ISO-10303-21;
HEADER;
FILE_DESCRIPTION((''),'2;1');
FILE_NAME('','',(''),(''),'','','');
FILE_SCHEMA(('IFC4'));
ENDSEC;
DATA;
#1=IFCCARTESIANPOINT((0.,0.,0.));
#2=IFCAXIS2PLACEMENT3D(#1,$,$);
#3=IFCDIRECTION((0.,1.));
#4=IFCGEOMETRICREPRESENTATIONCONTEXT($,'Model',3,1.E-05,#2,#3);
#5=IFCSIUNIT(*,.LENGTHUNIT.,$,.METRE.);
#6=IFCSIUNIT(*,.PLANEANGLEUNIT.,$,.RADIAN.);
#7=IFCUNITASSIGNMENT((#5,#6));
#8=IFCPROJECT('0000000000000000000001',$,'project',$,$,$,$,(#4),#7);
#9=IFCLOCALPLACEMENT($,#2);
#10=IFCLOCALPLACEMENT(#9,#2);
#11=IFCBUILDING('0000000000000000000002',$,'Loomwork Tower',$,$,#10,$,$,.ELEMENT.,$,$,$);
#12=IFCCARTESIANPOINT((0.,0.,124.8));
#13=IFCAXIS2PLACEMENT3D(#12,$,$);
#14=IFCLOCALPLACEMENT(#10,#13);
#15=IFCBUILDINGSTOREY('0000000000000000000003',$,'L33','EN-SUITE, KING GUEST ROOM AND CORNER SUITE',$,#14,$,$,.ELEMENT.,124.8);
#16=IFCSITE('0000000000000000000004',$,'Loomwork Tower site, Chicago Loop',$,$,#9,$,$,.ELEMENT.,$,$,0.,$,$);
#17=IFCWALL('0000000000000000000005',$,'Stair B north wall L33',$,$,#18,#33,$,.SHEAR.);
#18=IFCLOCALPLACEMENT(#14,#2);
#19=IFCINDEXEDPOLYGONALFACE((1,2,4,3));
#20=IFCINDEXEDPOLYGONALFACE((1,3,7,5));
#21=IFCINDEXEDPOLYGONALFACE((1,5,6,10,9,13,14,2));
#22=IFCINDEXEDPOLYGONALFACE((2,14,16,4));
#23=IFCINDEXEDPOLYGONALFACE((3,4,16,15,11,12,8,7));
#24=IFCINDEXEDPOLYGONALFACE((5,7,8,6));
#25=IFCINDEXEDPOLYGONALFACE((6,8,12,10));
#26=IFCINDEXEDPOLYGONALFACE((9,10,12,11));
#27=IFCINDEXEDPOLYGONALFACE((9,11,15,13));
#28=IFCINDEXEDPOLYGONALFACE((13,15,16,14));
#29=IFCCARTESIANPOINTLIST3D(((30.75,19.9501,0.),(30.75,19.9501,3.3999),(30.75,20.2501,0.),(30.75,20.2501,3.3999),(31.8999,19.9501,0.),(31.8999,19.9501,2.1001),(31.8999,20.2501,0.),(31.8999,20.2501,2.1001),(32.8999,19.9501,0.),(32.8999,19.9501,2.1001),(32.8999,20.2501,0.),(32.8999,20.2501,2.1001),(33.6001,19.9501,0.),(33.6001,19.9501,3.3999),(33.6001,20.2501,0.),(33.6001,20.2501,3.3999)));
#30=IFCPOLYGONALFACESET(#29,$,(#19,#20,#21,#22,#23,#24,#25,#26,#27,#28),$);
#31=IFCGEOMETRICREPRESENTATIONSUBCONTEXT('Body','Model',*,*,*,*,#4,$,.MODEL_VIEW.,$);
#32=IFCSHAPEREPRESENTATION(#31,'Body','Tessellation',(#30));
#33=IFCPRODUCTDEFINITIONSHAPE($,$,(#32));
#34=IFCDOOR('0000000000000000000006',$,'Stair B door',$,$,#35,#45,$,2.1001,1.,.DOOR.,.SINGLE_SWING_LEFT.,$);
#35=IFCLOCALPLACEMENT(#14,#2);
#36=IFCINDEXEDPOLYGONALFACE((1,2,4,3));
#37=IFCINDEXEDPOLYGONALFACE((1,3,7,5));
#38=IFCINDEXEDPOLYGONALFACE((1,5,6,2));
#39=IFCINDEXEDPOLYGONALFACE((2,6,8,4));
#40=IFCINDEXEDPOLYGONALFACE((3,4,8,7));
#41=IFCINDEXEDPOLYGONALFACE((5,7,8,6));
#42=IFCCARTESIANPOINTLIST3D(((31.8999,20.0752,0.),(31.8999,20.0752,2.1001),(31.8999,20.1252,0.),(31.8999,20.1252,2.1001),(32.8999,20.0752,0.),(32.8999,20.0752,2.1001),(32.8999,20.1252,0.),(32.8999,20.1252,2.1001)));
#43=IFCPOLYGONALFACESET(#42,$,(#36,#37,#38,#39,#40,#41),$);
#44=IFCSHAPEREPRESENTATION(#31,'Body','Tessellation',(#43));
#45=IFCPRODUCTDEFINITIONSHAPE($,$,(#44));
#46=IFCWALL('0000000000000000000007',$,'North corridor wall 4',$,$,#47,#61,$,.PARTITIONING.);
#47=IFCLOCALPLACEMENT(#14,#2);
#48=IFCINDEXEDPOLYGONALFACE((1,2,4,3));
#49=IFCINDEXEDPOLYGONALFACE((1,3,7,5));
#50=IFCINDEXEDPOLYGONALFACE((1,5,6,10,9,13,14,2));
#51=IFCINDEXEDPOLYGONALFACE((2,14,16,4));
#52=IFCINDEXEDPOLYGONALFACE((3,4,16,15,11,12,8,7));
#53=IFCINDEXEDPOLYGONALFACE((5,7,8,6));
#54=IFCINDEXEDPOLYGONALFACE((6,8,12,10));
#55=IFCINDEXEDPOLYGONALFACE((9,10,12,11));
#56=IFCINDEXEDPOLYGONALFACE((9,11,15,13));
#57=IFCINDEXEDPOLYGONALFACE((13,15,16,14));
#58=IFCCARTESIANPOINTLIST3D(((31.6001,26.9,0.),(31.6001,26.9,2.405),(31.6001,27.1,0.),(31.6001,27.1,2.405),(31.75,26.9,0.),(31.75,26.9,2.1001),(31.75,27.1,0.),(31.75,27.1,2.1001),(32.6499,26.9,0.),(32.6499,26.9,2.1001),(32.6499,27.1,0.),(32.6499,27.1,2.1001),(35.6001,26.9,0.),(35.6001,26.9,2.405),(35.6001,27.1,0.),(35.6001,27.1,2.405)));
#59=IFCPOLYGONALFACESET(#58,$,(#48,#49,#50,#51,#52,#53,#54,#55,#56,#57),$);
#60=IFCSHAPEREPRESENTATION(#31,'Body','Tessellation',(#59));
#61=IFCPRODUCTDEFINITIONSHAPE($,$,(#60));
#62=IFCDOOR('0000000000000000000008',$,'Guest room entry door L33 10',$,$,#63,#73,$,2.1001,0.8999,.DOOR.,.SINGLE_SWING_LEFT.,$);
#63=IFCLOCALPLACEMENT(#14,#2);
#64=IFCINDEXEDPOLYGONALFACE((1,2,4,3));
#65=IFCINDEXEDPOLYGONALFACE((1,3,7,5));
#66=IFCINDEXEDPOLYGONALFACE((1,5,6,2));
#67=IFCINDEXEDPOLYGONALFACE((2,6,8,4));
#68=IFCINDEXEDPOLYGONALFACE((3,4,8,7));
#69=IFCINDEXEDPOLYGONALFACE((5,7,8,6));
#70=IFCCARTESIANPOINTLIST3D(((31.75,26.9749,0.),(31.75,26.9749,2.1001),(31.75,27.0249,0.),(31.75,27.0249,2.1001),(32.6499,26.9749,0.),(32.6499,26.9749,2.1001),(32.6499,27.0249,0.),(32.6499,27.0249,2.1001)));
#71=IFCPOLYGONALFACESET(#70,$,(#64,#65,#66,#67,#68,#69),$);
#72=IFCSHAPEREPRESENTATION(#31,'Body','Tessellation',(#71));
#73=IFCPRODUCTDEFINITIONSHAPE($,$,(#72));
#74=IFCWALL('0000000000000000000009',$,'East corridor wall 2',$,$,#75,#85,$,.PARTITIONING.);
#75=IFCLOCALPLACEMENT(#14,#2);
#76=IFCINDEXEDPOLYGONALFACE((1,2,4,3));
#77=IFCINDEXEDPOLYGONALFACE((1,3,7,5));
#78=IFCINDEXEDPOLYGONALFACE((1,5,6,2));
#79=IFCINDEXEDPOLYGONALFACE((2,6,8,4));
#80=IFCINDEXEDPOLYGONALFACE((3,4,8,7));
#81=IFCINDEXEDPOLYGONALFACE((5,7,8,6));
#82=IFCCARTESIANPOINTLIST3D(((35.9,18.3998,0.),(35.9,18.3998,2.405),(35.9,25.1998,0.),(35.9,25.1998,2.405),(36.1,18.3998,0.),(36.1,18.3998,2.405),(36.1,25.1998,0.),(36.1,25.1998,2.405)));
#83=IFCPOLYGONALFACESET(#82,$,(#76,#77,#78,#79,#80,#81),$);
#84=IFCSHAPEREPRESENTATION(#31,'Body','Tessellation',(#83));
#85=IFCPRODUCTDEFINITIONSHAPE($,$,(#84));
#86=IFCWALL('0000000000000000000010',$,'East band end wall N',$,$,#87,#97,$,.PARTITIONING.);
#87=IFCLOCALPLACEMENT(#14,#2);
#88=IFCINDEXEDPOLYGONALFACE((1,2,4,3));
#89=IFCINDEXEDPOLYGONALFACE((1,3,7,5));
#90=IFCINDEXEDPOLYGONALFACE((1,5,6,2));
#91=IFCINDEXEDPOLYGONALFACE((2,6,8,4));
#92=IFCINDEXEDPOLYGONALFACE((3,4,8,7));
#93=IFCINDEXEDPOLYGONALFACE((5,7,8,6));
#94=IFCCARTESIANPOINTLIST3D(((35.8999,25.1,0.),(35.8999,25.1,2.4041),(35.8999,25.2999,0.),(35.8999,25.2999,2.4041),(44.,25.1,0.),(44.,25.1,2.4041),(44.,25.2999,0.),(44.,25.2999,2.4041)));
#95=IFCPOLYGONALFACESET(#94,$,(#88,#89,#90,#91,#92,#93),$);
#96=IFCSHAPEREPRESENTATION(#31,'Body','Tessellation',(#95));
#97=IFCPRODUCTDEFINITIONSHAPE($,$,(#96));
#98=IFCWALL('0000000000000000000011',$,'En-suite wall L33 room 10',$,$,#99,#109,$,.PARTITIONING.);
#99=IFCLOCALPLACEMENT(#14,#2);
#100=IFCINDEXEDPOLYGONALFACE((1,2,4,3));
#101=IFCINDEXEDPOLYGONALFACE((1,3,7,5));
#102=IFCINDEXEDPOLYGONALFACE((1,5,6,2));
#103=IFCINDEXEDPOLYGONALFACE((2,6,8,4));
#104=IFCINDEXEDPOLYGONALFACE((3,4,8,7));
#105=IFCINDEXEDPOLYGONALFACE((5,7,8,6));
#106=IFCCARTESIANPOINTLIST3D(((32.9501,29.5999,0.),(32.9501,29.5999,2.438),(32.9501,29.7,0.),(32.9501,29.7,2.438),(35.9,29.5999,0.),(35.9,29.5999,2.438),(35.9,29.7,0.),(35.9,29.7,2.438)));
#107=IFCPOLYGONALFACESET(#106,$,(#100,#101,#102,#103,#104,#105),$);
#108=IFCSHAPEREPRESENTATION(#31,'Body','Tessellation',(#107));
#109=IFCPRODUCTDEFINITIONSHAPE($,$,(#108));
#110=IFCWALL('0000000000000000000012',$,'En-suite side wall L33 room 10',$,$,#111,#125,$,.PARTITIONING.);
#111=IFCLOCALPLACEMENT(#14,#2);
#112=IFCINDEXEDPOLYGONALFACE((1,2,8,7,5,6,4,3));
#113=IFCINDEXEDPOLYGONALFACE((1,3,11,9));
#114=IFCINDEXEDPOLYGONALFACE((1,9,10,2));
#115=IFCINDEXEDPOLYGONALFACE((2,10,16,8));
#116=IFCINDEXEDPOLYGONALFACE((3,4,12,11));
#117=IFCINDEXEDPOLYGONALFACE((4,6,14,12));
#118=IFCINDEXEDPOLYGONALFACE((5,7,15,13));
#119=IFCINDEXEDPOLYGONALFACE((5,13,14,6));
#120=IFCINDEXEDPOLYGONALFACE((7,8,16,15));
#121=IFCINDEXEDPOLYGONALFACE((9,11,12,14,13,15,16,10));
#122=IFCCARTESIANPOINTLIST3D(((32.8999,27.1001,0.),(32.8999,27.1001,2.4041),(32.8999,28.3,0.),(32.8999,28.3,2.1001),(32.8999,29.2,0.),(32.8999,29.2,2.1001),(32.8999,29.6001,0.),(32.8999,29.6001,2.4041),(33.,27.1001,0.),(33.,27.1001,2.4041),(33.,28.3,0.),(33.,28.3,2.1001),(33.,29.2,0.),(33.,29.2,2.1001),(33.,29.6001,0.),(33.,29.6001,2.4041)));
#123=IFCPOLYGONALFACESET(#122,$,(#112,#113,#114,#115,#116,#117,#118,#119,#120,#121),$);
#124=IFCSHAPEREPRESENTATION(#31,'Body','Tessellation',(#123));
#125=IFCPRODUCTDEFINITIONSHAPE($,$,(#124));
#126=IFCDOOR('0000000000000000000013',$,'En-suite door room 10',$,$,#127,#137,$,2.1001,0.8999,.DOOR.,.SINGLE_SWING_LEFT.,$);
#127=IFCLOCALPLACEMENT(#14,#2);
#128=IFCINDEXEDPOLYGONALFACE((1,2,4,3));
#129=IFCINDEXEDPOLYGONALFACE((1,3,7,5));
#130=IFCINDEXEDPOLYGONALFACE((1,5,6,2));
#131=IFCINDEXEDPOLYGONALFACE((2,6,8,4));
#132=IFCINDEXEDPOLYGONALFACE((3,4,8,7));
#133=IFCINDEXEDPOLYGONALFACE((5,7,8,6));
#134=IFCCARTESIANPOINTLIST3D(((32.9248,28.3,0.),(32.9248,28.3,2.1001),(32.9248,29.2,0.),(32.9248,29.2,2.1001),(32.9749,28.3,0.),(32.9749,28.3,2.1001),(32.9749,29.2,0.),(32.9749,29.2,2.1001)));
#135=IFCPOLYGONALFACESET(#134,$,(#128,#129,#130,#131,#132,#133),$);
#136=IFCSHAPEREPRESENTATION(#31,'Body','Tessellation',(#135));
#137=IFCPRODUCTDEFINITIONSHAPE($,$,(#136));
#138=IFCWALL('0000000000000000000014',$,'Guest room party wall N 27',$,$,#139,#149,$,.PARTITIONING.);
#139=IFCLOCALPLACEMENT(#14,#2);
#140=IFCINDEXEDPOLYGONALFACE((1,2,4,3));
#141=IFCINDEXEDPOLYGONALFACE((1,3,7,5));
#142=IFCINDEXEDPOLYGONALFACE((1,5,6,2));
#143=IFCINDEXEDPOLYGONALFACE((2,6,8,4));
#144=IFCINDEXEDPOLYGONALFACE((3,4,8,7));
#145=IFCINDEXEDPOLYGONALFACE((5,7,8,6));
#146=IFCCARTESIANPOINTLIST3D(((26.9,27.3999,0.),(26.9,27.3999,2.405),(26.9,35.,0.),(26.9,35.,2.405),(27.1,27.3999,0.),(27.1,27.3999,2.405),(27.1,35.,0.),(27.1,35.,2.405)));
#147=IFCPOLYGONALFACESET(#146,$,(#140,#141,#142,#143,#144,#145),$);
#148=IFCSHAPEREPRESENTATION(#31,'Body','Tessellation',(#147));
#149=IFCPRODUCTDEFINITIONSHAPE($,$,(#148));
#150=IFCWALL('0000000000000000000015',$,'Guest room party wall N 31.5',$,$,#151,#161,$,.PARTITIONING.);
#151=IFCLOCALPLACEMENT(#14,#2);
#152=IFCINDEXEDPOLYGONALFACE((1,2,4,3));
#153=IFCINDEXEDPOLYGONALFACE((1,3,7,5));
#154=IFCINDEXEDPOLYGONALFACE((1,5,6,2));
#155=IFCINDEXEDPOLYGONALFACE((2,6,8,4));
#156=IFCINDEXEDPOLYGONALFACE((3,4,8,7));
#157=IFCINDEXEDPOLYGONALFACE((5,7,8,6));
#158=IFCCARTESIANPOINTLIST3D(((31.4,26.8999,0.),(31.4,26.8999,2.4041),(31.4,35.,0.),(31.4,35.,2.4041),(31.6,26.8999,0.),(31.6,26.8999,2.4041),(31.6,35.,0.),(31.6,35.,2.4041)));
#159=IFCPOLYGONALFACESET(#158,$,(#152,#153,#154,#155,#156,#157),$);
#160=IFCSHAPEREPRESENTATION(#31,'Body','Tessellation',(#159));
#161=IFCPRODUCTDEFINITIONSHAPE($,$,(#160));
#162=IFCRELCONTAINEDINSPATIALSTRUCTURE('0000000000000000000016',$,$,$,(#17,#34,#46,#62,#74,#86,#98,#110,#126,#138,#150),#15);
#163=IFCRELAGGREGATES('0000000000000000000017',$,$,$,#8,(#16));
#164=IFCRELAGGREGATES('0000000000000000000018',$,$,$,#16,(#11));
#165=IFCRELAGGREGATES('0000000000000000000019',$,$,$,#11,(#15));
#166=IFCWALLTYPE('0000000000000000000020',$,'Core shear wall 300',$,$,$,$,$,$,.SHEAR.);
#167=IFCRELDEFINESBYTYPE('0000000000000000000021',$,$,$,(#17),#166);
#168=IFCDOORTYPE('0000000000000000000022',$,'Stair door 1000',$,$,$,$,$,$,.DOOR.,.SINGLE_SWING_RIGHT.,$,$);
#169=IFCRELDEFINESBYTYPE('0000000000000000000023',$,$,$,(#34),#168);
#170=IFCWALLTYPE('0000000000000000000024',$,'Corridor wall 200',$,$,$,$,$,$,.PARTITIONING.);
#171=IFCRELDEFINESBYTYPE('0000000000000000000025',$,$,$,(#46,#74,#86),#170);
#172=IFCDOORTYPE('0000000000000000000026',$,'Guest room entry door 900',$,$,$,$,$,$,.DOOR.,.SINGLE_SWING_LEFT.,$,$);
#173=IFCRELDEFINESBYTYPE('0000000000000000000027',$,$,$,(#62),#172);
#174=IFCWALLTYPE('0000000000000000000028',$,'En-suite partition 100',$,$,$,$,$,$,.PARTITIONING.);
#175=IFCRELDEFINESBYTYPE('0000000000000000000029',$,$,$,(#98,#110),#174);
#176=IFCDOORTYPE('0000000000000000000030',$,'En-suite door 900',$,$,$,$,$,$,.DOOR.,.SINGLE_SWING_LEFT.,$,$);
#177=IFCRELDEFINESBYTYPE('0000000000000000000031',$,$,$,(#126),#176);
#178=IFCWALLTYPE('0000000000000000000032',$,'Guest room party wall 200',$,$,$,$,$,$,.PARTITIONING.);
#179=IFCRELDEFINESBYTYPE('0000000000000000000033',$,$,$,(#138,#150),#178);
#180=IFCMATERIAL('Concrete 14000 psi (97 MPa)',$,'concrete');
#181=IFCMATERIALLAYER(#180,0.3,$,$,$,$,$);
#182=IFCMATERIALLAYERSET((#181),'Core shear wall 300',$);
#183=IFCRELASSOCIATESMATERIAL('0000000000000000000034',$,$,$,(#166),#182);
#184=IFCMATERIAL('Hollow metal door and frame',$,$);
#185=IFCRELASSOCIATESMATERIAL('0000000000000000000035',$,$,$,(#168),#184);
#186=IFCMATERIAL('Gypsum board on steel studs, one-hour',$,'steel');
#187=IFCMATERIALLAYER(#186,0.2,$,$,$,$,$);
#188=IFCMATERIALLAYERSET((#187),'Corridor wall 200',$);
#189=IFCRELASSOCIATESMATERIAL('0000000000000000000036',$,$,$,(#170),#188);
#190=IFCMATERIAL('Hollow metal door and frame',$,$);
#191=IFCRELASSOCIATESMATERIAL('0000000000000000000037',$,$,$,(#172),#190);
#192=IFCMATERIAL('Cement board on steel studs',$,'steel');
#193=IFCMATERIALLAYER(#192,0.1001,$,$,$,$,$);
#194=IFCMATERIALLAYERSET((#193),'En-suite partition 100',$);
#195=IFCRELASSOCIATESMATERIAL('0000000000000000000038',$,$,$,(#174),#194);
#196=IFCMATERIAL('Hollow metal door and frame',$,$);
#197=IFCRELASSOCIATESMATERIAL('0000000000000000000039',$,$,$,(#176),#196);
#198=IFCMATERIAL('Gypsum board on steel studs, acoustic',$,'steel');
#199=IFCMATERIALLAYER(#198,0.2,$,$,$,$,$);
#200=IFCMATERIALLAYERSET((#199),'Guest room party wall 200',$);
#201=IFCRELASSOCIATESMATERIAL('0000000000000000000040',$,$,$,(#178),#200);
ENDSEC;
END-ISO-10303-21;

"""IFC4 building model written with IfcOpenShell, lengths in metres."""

from ifc_helpers import new_model, si_unit, direction, frame, frame_2d, origin, place, context, subcontext, project, spatial, rectangle, extrude, material, layer, layer_set, type_object, element, fill, save


model = new_model("IFC4")

# Units and contexts
model_context = context("Model", 3, precision=1e-05, world=origin(), true_north=direction((0.0, 1.0)))
body_context = subcontext(model_context, "Body", "Model", "MODEL_VIEW")
ifc_project = project(units=[si_unit("LENGTHUNIT", "METRE"), si_unit("PLANEANGLEUNIT", "RADIAN")], contexts=[model_context])

# Site, building, storey
site_placement = place(None, origin())
site = spatial("IfcSite", under=ifc_project, at=site_placement, Name="Loomwork Tower site, Chicago Loop", CompositionType="ELEMENT", RefElevation=0.0)
building_placement = place(site_placement, origin())
building = spatial("IfcBuilding", under=site, at=building_placement, Name="Loomwork Tower", CompositionType="ELEMENT")
storey_placement = place(building_placement, frame((0.0, 0.0, 124.8)))
storey = spatial("IfcBuildingStorey", under=building, at=storey_placement, Name="L33", Description="EN-SUITE, KING GUEST ROOM AND CORNER SUITE", CompositionType="ELEMENT", Elevation=124.8)

# Shared definitions
ifc_material_1 = material(Name="Concrete 14000 psi (97 MPa)", Category="concrete")
ifc_layer_1 = layer(ifc_material_1, 0.3)
ifc_layer_set_1 = layer_set([ifc_layer_1], Name="Core shear wall 300")
wall_type_1 = type_object("IfcWallType", Name="Core shear wall 300", PredefinedType="SHEAR", material=ifc_layer_set_1)

# Walls, openings, doors
wall_1_placement = place(storey_placement, frame((30.75, 20.1001, 0.0), z_axis=(0.0, 0.0, 1.0), x_axis=(1.0, 0.0, 0.0)))
wall_1 = element("IfcWall", 1, at=wall_1_placement, inside=storey, type_object=wall_type_1, Name="Stair B north wall L33", PredefinedType="SHEAR", context=body_context, shape_type="SweptSolid", body=[
    extrude(rectangle(XDim=2.8501, YDim=0.3, at=frame_2d((1.425, 0.0))), origin(), (0.0, 0.0, 1.0), 3.3999),
])
opening_1_placement = place(wall_1_placement, frame((1.1499, 0.0, 0.0)))
opening_1 = element("IfcOpeningElement", 2, at=opening_1_placement, cuts=wall_1, PredefinedType="OPENING", context=body_context, shape_type="SweptSolid", body=[
    extrude(rectangle(XDim=1.0, YDim=2.1001, at=frame_2d((0.5, 1.05))), frame((0.0, 0.1599, 0.0), z_axis=(0.0, -1.0, 0.0), x_axis=(1.0, 0.0, 0.0)), (0.0, 0.0, 1.0), 0.3201),
])
ifc_material_2 = material(Name="Hollow metal door and frame")
door_type_1 = type_object("IfcDoorType", Name="Stair door 1000", OperationType="SINGLE_SWING_RIGHT", PredefinedType="DOOR", material=ifc_material_2)
door_1_placement = place(opening_1_placement, frame((1.0, 0.0, 0.0), z_axis=(0.0, 0.0, 1.0), x_axis=(-1.0, 0.0, 0.0)))
door_1 = element("IfcDoor", 3, at=door_1_placement, inside=storey, type_object=door_type_1, Name="Stair B door", OperationType="SINGLE_SWING_LEFT", OverallHeight=2.1001, OverallWidth=1.0, PredefinedType="DOOR", context=body_context, shape_type="SweptSolid", body=[
    extrude(rectangle(XDim=1.0, YDim=2.1001, at=frame_2d((0.5, 1.05))), frame((0.0, 0.0249, 0.0), z_axis=(0.0, -1.0, 0.0), x_axis=(1.0, 0.0, 0.0)), (0.0, 0.0, 1.0), 0.05),
])
fill(opening_1, door_1)
ifc_material_3 = material(Name="Gypsum board on steel studs, one-hour", Category="steel")
ifc_layer_2 = layer(ifc_material_3, 0.2)
ifc_layer_set_2 = layer_set([ifc_layer_2], Name="Corridor wall 200")
wall_type_2 = type_object("IfcWallType", Name="Corridor wall 200", PredefinedType="PARTITIONING", material=ifc_layer_set_2)
wall_2_placement = place(storey_placement, frame((31.6001, 27.0, 0.0), z_axis=(0.0, 0.0, 1.0), x_axis=(1.0, 0.0, 0.0)))
wall_2 = element("IfcWall", 4, at=wall_2_placement, inside=storey, type_object=wall_type_2, Name="North corridor wall 4", PredefinedType="PARTITIONING", context=body_context, shape_type="SweptSolid", body=[
    extrude(rectangle(XDim=4.0, YDim=0.2, at=frame_2d((2.0, 0.0))), origin(), (0.0, 0.0, 1.0), 2.405),
])
opening_2_placement = place(wall_2_placement, frame((0.1499, 0.0, 0.0)))
opening_2 = element("IfcOpeningElement", 5, at=opening_2_placement, cuts=wall_2, PredefinedType="OPENING", context=body_context, shape_type="SweptSolid", body=[
    extrude(rectangle(XDim=0.8999, YDim=2.1001, at=frame_2d((0.45, 1.05))), frame((0.0, 0.1099, 0.0), z_axis=(0.0, -1.0, 0.0), x_axis=(1.0, 0.0, 0.0)), (0.0, 0.0, 1.0), 0.22),
])
ifc_material_4 = material(Name="Hollow metal door and frame")
door_type_2 = type_object("IfcDoorType", Name="Guest room entry door 900", OperationType="SINGLE_SWING_LEFT", PredefinedType="DOOR", material=ifc_material_4)
door_2_placement = place(opening_2_placement, origin())
door_2 = element("IfcDoor", 6, at=door_2_placement, inside=storey, type_object=door_type_2, Name="Guest room entry door L33 10", OperationType="SINGLE_SWING_LEFT", OverallHeight=2.1001, OverallWidth=0.8999, PredefinedType="DOOR", context=body_context, shape_type="SweptSolid", body=[
    extrude(rectangle(XDim=0.8999, YDim=2.1001, at=frame_2d((0.45, 1.05))), frame((0.0, 0.0249, 0.0), z_axis=(0.0, -1.0, 0.0), x_axis=(1.0, 0.0, 0.0)), (0.0, 0.0, 1.0), 0.05),
])
fill(opening_2, door_2)

# Walls
wall_3_placement = place(storey_placement, frame((36.0, 18.3999, 0.0), z_axis=(0.0, 0.0, 1.0), x_axis=(0.0, 1.0, 0.0)))
element("IfcWall", 7, at=wall_3_placement, inside=storey, type_object=wall_type_2, Name="East corridor wall 2", PredefinedType="PARTITIONING", context=body_context, shape_type="SweptSolid", body=[
    extrude(rectangle(XDim=6.8, YDim=0.2, at=frame_2d((3.3999, 0.0))), origin(), (0.0, 0.0, 1.0), 2.405),
])
wall_4_placement = place(storey_placement, frame((35.8999, 25.2, 0.0), z_axis=(0.0, 0.0, 1.0), x_axis=(1.0, 0.0, 0.0)))
element("IfcWall", 8, at=wall_4_placement, inside=storey, type_object=wall_type_2, Name="East band end wall N", PredefinedType="PARTITIONING", context=body_context, shape_type="SweptSolid", body=[
    extrude(rectangle(XDim=8.1001, YDim=0.2, at=frame_2d((4.05, 0.0))), origin(), (0.0, 0.0, 1.0), 2.4041),
])
ifc_material_5 = material(Name="Cement board on steel studs", Category="steel")
ifc_layer_3 = layer(ifc_material_5, 0.1001)
ifc_layer_set_3 = layer_set([ifc_layer_3], Name="En-suite partition 100")
wall_type_3 = type_object("IfcWallType", Name="En-suite partition 100", PredefinedType="PARTITIONING", material=ifc_layer_set_3)
wall_5_placement = place(storey_placement, frame((32.95, 29.6499, 0.0), z_axis=(0.0, 0.0, 1.0), x_axis=(1.0, 0.0, 0.0)))
element("IfcWall", 9, at=wall_5_placement, inside=storey, type_object=wall_type_3, Name="En-suite wall L33 room 10", PredefinedType="PARTITIONING", context=body_context, shape_type="SweptSolid", body=[
    extrude(rectangle(XDim=2.95, YDim=0.1001, at=frame_2d((1.4751, 0.0))), origin(), (0.0, 0.0, 1.0), 2.438),
])

# Wall, opening, door
wall_6_placement = place(storey_placement, frame((32.95, 27.1001, 0.0), z_axis=(0.0, 0.0, 1.0), x_axis=(0.0, 1.0, 0.0)))
wall_6 = element("IfcWall", 10, at=wall_6_placement, inside=storey, type_object=wall_type_3, Name="En-suite side wall L33 room 10", PredefinedType="PARTITIONING", context=body_context, shape_type="SweptSolid", body=[
    extrude(rectangle(XDim=2.5, YDim=0.1001, at=frame_2d((1.25, 0.0))), origin(), (0.0, 0.0, 1.0), 2.4041),
])
opening_3_placement = place(wall_6_placement, frame((1.2, 0.0, 0.0)))
opening_3 = element("IfcOpeningElement", 11, at=opening_3_placement, cuts=wall_6, PredefinedType="OPENING", context=body_context, shape_type="SweptSolid", body=[
    extrude(rectangle(XDim=0.8999, YDim=2.1001, at=frame_2d((0.45, 1.05))), frame((0.0, 0.0601, 0.0), z_axis=(0.0, -1.0, 0.0), x_axis=(1.0, 0.0, 0.0)), (0.0, 0.0, 1.0), 0.1201),
])
ifc_material_6 = material(Name="Hollow metal door and frame")
door_type_3 = type_object("IfcDoorType", Name="En-suite door 900", OperationType="SINGLE_SWING_LEFT", PredefinedType="DOOR", material=ifc_material_6)
door_3_placement = place(opening_3_placement, frame((0.8999, 0.0, 0.0), z_axis=(0.0, 0.0, 1.0), x_axis=(-1.0, 0.0, 0.0)))
door_3 = element("IfcDoor", 12, at=door_3_placement, inside=storey, type_object=door_type_3, Name="En-suite door room 10", OperationType="SINGLE_SWING_LEFT", OverallHeight=2.1001, OverallWidth=0.8999, PredefinedType="DOOR", context=body_context, shape_type="SweptSolid", body=[
    extrude(rectangle(XDim=0.8999, YDim=2.1001, at=frame_2d((0.45, 1.05))), frame((0.0, 0.0249, 0.0), z_axis=(0.0, -1.0, 0.0), x_axis=(1.0, 0.0, 0.0)), (0.0, 0.0, 1.0), 0.05),
])
fill(opening_3, door_3)

# Walls
ifc_material_7 = material(Name="Gypsum board on steel studs, acoustic", Category="steel")
ifc_layer_4 = layer(ifc_material_7, 0.2)
ifc_layer_set_4 = layer_set([ifc_layer_4], Name="Guest room party wall 200")
wall_type_4 = type_object("IfcWallType", Name="Guest room party wall 200", PredefinedType="PARTITIONING", material=ifc_layer_set_4)
wall_7_placement = place(storey_placement, frame((27.0, 27.3999, 0.0), z_axis=(0.0, 0.0, 1.0), x_axis=(0.0, 1.0, 0.0)))
element("IfcWall", 13, at=wall_7_placement, inside=storey, type_object=wall_type_4, Name="Guest room party wall N 27", PredefinedType="PARTITIONING", context=body_context, shape_type="SweptSolid", body=[
    extrude(rectangle(XDim=7.6001, YDim=0.2, at=frame_2d((3.8, 0.0))), origin(), (0.0, 0.0, 1.0), 2.405),
])
wall_8_placement = place(storey_placement, frame((31.5, 26.8999, 0.0), z_axis=(0.0, 0.0, 1.0), x_axis=(0.0, 1.0, 0.0)))
element("IfcWall", 14, at=wall_8_placement, inside=storey, type_object=wall_type_4, Name="Guest room party wall N 31.5", PredefinedType="PARTITIONING", context=body_context, shape_type="SweptSolid", body=[
    extrude(rectangle(XDim=8.1001, YDim=0.2, at=frame_2d((4.05, 0.0))), origin(), (0.0, 0.0, 1.0), 2.4041),
])

save(model, "model.ifc")
